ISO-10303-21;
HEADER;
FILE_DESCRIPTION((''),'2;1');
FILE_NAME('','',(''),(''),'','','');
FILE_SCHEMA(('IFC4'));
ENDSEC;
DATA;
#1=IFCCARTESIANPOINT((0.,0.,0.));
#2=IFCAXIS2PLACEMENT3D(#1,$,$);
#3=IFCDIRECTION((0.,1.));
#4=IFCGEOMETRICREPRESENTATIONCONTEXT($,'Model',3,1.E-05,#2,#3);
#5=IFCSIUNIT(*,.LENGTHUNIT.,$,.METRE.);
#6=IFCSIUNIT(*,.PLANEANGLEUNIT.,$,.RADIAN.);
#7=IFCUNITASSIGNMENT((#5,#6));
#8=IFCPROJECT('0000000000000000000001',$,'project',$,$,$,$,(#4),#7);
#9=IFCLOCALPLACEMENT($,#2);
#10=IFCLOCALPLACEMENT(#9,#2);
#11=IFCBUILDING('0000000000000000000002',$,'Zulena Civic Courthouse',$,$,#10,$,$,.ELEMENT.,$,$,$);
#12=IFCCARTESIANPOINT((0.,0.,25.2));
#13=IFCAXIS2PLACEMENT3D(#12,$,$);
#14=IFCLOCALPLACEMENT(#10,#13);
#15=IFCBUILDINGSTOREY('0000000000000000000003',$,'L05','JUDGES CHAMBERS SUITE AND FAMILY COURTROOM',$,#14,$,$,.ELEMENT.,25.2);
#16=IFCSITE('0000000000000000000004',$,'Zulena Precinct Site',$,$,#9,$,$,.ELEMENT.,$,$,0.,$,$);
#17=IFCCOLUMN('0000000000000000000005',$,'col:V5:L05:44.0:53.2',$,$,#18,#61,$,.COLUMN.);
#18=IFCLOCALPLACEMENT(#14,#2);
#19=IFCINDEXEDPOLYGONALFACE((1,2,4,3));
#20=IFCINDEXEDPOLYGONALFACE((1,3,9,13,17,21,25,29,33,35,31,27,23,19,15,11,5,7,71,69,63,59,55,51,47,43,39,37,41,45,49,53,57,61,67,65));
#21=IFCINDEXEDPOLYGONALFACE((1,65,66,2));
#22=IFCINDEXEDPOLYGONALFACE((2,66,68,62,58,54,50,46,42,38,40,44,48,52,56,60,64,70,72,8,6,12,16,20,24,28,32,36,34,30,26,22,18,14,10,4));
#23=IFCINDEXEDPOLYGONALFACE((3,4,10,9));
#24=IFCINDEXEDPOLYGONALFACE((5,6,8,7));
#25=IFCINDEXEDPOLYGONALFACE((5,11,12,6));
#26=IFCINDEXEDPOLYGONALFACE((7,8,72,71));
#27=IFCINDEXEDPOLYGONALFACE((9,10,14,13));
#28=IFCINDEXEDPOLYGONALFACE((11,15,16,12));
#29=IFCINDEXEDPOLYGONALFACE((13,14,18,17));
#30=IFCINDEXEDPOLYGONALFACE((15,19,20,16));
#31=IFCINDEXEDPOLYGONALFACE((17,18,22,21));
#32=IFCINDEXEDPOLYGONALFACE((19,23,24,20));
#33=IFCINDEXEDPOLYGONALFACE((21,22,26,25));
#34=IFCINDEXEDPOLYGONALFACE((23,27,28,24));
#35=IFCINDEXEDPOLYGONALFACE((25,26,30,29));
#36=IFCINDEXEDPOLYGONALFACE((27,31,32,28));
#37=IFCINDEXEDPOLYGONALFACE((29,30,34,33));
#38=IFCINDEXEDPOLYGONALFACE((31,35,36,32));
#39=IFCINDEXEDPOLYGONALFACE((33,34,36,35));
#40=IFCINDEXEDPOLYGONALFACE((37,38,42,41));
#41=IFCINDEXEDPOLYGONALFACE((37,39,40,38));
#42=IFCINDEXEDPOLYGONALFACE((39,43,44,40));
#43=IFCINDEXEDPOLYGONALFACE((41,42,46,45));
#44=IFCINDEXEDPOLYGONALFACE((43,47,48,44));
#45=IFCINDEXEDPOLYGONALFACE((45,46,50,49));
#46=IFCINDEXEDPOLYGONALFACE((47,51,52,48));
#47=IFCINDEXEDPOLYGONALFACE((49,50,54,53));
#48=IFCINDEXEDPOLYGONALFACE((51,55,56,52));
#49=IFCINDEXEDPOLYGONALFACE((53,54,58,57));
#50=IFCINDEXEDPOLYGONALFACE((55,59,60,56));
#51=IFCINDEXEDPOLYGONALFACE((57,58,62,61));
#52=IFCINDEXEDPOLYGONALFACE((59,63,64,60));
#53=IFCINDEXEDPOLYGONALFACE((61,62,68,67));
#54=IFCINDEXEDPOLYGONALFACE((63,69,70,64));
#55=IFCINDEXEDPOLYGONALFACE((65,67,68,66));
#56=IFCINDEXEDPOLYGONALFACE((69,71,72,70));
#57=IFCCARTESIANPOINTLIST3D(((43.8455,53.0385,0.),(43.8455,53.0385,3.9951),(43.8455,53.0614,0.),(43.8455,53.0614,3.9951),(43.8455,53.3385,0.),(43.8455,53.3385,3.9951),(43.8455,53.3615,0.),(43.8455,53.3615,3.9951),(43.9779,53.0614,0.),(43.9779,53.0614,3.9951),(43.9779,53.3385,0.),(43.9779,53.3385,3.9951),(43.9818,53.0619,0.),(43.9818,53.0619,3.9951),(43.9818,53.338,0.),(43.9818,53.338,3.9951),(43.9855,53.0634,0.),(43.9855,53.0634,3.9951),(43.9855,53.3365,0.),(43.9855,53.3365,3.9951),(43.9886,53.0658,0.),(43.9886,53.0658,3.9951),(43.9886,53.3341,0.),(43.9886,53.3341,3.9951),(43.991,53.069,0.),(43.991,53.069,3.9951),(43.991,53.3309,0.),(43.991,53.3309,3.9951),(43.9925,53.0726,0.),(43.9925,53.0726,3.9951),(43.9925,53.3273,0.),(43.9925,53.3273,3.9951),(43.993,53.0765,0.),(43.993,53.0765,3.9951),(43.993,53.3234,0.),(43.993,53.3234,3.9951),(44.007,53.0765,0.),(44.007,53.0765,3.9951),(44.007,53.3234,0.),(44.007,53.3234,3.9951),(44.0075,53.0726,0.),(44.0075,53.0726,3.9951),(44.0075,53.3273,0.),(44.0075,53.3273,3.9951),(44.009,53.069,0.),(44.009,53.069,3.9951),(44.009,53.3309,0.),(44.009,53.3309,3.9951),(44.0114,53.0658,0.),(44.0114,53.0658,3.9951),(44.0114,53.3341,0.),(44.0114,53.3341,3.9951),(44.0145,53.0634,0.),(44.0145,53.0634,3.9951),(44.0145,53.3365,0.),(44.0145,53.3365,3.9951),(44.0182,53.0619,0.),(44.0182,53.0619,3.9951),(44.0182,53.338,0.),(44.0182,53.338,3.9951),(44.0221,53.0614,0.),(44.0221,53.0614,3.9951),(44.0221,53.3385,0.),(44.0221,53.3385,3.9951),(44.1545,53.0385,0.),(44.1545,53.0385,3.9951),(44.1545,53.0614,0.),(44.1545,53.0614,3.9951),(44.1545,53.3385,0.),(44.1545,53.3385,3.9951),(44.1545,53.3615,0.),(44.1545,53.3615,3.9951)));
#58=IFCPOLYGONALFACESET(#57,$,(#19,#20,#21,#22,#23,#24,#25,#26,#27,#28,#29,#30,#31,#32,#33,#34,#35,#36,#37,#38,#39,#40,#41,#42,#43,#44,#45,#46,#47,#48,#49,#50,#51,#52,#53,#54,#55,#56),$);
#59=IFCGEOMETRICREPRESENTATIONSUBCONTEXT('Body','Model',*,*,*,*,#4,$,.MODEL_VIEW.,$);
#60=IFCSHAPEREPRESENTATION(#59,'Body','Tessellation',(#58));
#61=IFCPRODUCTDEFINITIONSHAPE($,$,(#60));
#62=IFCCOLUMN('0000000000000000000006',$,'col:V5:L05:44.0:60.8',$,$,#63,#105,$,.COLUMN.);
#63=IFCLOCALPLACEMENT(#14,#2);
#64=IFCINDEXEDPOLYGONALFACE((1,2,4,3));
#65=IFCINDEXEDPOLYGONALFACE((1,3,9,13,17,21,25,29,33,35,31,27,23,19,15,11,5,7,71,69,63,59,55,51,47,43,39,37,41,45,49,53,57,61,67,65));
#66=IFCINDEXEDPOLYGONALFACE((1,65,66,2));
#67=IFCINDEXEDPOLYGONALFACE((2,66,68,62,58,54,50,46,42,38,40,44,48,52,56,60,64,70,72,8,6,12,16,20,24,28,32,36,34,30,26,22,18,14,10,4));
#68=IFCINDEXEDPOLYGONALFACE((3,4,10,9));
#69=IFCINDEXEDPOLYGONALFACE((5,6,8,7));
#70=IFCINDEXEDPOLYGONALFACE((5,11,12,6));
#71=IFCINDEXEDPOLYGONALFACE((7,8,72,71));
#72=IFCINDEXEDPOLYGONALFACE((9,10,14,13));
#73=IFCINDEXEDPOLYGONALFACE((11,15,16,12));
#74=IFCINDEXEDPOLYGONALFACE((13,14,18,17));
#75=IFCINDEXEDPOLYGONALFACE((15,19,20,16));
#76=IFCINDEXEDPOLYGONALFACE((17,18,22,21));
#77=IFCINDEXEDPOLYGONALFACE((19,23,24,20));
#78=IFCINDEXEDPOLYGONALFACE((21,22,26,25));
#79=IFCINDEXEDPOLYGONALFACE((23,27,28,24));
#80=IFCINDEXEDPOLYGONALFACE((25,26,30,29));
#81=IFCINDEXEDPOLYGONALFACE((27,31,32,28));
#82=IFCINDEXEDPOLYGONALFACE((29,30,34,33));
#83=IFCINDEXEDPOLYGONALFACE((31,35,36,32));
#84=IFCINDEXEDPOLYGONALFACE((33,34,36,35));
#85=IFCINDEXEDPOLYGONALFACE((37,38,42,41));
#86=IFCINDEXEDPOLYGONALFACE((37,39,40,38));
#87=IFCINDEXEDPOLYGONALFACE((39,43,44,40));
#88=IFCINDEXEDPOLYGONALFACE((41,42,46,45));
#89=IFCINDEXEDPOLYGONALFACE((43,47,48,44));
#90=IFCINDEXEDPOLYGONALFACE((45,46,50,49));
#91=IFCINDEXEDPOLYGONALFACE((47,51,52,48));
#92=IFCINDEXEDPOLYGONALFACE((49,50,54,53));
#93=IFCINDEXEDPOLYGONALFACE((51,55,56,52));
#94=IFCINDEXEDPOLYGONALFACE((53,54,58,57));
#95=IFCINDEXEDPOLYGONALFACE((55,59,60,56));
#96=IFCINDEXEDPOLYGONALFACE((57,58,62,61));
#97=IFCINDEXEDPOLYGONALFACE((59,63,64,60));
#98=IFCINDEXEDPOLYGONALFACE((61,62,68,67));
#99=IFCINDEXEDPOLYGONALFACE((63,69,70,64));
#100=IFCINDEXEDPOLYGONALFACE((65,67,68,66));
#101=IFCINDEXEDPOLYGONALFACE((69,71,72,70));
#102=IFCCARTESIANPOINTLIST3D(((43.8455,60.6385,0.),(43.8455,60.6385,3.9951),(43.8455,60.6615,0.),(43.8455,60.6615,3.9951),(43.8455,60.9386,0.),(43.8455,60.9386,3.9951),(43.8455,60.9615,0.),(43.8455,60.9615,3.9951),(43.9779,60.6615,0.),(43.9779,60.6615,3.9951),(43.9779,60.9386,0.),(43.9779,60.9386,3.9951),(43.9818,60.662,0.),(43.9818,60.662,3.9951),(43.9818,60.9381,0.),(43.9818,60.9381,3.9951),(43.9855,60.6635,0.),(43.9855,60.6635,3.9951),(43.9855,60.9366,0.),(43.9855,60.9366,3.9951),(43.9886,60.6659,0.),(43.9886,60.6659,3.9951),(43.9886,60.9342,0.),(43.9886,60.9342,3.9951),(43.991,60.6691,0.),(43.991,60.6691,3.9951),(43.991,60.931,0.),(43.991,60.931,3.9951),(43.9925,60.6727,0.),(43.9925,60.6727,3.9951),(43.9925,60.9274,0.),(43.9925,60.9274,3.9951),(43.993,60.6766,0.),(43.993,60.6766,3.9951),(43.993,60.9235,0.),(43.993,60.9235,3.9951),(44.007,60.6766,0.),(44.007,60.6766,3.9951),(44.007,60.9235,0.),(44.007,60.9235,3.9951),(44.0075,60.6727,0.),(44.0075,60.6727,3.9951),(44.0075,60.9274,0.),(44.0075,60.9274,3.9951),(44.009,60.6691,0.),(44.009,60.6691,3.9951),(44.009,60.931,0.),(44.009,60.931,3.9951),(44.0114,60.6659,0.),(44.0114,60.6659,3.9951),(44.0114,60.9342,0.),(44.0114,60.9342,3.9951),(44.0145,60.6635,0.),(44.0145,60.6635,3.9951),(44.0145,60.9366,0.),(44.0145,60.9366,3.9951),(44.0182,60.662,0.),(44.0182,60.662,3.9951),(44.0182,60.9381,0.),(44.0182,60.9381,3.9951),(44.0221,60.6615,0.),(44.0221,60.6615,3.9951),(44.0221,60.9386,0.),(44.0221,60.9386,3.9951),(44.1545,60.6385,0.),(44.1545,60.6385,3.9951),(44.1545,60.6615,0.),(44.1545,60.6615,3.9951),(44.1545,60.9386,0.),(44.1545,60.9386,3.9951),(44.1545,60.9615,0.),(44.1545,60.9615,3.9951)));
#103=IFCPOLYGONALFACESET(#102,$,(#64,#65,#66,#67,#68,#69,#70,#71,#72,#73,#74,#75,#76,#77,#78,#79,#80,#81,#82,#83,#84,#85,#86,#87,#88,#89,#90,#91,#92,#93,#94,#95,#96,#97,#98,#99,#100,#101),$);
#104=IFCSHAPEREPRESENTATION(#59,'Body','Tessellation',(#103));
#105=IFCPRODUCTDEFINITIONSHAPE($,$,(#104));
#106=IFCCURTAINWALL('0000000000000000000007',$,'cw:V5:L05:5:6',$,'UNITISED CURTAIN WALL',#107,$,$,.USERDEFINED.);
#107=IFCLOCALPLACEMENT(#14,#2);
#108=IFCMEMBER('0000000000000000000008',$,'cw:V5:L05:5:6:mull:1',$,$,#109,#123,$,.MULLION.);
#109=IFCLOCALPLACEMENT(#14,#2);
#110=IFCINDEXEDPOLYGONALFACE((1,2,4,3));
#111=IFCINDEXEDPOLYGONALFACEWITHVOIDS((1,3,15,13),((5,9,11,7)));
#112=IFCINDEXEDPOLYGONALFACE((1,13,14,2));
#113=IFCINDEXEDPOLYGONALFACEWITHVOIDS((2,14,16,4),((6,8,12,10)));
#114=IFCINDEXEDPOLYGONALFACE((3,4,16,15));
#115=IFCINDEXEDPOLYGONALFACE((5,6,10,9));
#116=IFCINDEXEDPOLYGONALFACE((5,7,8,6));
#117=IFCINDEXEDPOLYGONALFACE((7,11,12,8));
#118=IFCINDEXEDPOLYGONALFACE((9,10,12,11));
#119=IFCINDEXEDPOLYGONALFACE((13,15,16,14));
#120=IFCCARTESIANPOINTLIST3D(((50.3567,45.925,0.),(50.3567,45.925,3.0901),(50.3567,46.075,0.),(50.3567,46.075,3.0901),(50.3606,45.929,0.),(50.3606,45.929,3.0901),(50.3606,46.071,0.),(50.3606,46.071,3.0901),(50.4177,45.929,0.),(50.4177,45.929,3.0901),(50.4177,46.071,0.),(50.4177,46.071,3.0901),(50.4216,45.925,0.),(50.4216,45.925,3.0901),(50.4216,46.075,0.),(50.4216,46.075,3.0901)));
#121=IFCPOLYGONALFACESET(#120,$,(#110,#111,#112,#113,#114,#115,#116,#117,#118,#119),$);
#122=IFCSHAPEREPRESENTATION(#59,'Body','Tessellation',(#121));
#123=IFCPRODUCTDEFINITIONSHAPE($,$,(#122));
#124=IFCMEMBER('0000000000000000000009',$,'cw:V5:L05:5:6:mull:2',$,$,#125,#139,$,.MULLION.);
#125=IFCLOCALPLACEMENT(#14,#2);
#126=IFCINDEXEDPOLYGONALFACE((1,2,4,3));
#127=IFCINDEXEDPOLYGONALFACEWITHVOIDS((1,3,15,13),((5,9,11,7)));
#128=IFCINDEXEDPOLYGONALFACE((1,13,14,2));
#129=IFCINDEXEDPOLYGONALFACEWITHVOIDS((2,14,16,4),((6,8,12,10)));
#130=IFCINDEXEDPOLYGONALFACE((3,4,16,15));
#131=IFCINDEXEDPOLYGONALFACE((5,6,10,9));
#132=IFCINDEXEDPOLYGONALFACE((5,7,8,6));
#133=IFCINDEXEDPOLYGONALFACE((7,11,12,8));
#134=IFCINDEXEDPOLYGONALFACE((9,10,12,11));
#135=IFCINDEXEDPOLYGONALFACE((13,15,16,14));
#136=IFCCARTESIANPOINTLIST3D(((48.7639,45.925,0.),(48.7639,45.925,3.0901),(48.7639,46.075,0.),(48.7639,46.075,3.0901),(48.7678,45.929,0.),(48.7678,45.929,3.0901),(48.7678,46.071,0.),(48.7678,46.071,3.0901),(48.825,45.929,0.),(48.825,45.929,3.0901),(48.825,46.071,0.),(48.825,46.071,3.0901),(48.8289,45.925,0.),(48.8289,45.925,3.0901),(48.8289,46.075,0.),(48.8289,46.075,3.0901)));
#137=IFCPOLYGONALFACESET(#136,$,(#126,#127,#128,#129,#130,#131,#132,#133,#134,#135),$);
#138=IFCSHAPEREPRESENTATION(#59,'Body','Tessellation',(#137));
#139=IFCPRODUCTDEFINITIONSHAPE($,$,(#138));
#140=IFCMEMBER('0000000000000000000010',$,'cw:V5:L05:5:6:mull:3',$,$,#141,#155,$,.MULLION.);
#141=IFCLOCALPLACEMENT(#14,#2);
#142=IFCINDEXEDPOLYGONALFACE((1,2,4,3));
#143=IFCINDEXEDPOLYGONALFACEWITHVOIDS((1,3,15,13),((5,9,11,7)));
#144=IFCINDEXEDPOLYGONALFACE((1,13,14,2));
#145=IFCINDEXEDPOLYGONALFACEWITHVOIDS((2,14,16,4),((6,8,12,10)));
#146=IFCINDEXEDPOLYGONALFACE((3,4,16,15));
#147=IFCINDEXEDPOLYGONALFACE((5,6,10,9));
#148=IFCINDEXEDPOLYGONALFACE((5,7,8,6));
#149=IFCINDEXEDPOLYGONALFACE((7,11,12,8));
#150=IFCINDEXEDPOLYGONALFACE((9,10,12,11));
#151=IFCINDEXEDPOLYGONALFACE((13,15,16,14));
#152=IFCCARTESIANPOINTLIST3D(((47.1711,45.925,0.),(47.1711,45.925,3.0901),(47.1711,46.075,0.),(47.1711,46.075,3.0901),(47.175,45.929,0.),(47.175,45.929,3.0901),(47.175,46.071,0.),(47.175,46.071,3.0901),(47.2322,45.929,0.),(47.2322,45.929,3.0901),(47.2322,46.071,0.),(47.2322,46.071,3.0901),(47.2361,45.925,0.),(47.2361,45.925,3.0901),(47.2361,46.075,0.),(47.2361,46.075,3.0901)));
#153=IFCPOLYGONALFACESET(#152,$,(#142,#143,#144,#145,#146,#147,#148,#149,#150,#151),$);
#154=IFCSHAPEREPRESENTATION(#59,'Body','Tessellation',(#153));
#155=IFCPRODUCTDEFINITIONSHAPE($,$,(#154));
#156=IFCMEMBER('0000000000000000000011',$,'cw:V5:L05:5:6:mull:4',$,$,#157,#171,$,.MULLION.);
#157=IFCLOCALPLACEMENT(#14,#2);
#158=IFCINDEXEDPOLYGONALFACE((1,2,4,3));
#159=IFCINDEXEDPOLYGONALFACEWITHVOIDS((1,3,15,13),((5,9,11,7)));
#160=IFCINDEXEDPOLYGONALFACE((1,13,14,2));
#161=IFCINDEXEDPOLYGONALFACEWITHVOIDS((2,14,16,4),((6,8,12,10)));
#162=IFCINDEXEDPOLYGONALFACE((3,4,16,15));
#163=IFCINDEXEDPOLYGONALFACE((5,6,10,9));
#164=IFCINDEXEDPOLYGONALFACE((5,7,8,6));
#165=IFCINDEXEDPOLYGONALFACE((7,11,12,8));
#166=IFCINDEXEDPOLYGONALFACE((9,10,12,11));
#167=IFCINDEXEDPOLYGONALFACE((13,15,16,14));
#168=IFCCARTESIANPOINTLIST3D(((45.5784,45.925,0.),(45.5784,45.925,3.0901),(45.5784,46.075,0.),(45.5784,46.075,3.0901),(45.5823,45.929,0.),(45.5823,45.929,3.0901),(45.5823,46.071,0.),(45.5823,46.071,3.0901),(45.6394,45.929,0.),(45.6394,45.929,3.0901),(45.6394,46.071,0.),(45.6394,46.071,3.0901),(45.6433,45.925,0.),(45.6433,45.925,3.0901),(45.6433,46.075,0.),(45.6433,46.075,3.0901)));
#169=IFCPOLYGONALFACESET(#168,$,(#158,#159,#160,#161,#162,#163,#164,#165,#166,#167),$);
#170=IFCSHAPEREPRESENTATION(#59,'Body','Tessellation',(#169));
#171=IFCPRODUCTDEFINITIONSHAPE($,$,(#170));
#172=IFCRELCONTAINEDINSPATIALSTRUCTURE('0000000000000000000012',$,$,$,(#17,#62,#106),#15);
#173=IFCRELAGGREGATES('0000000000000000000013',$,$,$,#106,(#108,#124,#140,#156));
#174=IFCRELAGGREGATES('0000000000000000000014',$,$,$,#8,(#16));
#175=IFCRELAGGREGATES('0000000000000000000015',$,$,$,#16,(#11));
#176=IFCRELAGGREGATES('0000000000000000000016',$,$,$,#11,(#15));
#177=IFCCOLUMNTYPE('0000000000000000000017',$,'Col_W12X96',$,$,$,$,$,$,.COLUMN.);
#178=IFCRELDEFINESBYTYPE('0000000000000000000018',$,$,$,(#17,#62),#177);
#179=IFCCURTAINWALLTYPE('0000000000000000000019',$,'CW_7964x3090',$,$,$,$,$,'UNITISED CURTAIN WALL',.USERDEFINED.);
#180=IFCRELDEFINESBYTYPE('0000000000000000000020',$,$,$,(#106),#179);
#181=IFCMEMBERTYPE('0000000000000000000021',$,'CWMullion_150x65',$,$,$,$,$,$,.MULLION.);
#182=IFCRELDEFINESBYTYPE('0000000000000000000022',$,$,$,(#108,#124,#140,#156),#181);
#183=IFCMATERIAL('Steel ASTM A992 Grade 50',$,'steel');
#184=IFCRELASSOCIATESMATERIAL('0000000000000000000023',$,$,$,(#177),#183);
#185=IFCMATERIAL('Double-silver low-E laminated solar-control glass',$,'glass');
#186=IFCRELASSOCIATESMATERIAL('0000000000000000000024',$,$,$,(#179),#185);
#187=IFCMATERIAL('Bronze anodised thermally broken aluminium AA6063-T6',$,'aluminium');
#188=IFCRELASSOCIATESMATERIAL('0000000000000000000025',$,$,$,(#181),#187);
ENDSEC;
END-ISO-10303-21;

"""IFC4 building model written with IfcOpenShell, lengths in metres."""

from ifc_helpers import new_model, si_unit, direction, frame, origin, origin_2d, place, context, subcontext, project, spatial, hollow_rectangle, i_section, extrude, material, material_profile, profile_set, type_object, element, aggregate, save


model = new_model("IFC4")

# Units and contexts
model_context = context("Model", 3, precision=1e-05, world=origin(), true_north=direction((0.0, 1.0)))
body_context = subcontext(model_context, "Body", "Model", "MODEL_VIEW")
ifc_project = project(units=[si_unit("LENGTHUNIT", "METRE"), si_unit("PLANEANGLEUNIT", "RADIAN")], contexts=[model_context])

# Site, building, storey
site_placement = place(None, origin())
site = spatial("IfcSite", under=ifc_project, at=site_placement, Name="Zulena Precinct Site", CompositionType="ELEMENT", RefElevation=0.0)
building_placement = place(site_placement, origin())
building = spatial("IfcBuilding", under=site, at=building_placement, Name="Zulena Civic Courthouse", CompositionType="ELEMENT")
storey_placement = place(building_placement, frame((0.0, 0.0, 25.2)))
storey = spatial("IfcBuildingStorey", under=building, at=storey_placement, Name="L05", Description="JUDGES CHAMBERS SUITE AND FAMILY COURTROOM", CompositionType="ELEMENT", Elevation=25.2)

# Columns
ifc_material_1 = material(Name="Steel ASTM A992 Grade 50", Category="steel")
ifc_material_profile_1 = material_profile(ifc_material_1, i_section(OverallWidth=0.3091, OverallDepth=0.323, WebThickness=0.0139, FlangeThickness=0.0229, FilletRadius=0.0151, at=origin_2d()), Name="W12X96")
ifc_profile_set_1 = profile_set([ifc_material_profile_1], Name="Steel ASTM A992 Grade 50")
column_type = type_object("IfcColumnType", Name="Col_W12X96", PredefinedType="COLUMN", material=ifc_profile_set_1)
for number, where, z_axis, x_axis, name in (
    (1, (44.0, 53.2, 0.0), (0.0, 0.0, 1.0), (1.0, 0.0, 0.0), "col:V5:L05:44.0:53.2"),
    (2, (44.0, 60.8, 0.0), (0.0, 0.0, 1.0), (1.0, 0.0, 0.0), "col:V5:L05:44.0:60.8"),
):
    element("IfcColumn", number, at=place(storey_placement, frame(where, z_axis=z_axis, x_axis=x_axis)), inside=storey, type_object=column_type, Name=name, PredefinedType="COLUMN", context=body_context, shape_type="SweptSolid", body=[
        extrude(i_section(OverallWidth=0.3091, OverallDepth=0.323, WebThickness=0.0139, FlangeThickness=0.0229, FilletRadius=0.0151, at=origin_2d()), origin(), (0.0, 0.0, 1.0), 3.9951),
    ])

# Curtain wall, members
ifc_material_2 = material(Name="Double-silver low-E laminated solar-control glass", Category="glass")
curtain_wall_type = type_object("IfcCurtainWallType", Name="CW_7964x3090", ElementType="UNITISED CURTAIN WALL", PredefinedType="USERDEFINED", material=ifc_material_2)
curtain_wall_placement = place(storey_placement, origin())
curtain_wall = element("IfcCurtainWall", 3, at=curtain_wall_placement, inside=storey, type_object=curtain_wall_type, Name="cw:V5:L05:5:6", ObjectType="UNITISED CURTAIN WALL", PredefinedType="USERDEFINED")
ifc_material_3 = material(Name="Bronze anodised thermally broken aluminium AA6063-T6", Category="aluminium")
ifc_material_profile_2 = material_profile(ifc_material_3, hollow_rectangle(XDim=0.0649, YDim=0.1499, WallThickness=0.0039, at=origin_2d()), Name="CWM150X65X4")
ifc_profile_set_2 = profile_set([ifc_material_profile_2], Name="Bronze anodised thermally broken aluminium AA6063-T6")
member_type = type_object("IfcMemberType", Name="CWMullion_150x65", PredefinedType="MULLION", material=ifc_profile_set_2)
member_1_placement = place(storey_placement, frame((50.3892, 46.0, 0.0), z_axis=(0.0, 0.0, 1.0), x_axis=(1.0, 0.0, 0.0)))
member_1 = element("IfcMember", 4, at=member_1_placement, type_object=member_type, Name="cw:V5:L05:5:6:mull:1", PredefinedType="MULLION", context=body_context, shape_type="SweptSolid", body=[
    extrude(hollow_rectangle(XDim=0.0649, YDim=0.1499, WallThickness=0.0039, at=origin_2d()), origin(), (0.0, 0.0, 1.0), 3.0901),
])
member_2_placement = place(storey_placement, frame((48.7964, 46.0, 0.0), z_axis=(0.0, 0.0, 1.0), x_axis=(1.0, 0.0, 0.0)))
member_2 = element("IfcMember", 5, at=member_2_placement, type_object=member_type, Name="cw:V5:L05:5:6:mull:2", PredefinedType="MULLION", context=body_context, shape_type="SweptSolid", body=[
    extrude(hollow_rectangle(XDim=0.0649, YDim=0.1499, WallThickness=0.0039, at=origin_2d()), origin(), (0.0, 0.0, 1.0), 3.0901),
])
member_3_placement = place(storey_placement, frame((47.2036, 46.0, 0.0), z_axis=(0.0, 0.0, 1.0), x_axis=(1.0, 0.0, 0.0)))
member_3 = element("IfcMember", 6, at=member_3_placement, type_object=member_type, Name="cw:V5:L05:5:6:mull:3", PredefinedType="MULLION", context=body_context, shape_type="SweptSolid", body=[
    extrude(hollow_rectangle(XDim=0.0649, YDim=0.1499, WallThickness=0.0039, at=origin_2d()), origin(), (0.0, 0.0, 1.0), 3.0901),
])
member_4_placement = place(storey_placement, frame((45.6108, 46.0, 0.0), z_axis=(0.0, 0.0, 1.0), x_axis=(1.0, 0.0, 0.0)))
member_4 = element("IfcMember", 7, at=member_4_placement, type_object=member_type, Name="cw:V5:L05:5:6:mull:4", PredefinedType="MULLION", context=body_context, shape_type="SweptSolid", body=[
    extrude(hollow_rectangle(XDim=0.0649, YDim=0.1499, WallThickness=0.0039, at=origin_2d()), origin(), (0.0, 0.0, 1.0), 3.0901),
])

aggregate(curtain_wall, [member_1, member_2, member_3, member_4])

save(model, "model.ifc")
